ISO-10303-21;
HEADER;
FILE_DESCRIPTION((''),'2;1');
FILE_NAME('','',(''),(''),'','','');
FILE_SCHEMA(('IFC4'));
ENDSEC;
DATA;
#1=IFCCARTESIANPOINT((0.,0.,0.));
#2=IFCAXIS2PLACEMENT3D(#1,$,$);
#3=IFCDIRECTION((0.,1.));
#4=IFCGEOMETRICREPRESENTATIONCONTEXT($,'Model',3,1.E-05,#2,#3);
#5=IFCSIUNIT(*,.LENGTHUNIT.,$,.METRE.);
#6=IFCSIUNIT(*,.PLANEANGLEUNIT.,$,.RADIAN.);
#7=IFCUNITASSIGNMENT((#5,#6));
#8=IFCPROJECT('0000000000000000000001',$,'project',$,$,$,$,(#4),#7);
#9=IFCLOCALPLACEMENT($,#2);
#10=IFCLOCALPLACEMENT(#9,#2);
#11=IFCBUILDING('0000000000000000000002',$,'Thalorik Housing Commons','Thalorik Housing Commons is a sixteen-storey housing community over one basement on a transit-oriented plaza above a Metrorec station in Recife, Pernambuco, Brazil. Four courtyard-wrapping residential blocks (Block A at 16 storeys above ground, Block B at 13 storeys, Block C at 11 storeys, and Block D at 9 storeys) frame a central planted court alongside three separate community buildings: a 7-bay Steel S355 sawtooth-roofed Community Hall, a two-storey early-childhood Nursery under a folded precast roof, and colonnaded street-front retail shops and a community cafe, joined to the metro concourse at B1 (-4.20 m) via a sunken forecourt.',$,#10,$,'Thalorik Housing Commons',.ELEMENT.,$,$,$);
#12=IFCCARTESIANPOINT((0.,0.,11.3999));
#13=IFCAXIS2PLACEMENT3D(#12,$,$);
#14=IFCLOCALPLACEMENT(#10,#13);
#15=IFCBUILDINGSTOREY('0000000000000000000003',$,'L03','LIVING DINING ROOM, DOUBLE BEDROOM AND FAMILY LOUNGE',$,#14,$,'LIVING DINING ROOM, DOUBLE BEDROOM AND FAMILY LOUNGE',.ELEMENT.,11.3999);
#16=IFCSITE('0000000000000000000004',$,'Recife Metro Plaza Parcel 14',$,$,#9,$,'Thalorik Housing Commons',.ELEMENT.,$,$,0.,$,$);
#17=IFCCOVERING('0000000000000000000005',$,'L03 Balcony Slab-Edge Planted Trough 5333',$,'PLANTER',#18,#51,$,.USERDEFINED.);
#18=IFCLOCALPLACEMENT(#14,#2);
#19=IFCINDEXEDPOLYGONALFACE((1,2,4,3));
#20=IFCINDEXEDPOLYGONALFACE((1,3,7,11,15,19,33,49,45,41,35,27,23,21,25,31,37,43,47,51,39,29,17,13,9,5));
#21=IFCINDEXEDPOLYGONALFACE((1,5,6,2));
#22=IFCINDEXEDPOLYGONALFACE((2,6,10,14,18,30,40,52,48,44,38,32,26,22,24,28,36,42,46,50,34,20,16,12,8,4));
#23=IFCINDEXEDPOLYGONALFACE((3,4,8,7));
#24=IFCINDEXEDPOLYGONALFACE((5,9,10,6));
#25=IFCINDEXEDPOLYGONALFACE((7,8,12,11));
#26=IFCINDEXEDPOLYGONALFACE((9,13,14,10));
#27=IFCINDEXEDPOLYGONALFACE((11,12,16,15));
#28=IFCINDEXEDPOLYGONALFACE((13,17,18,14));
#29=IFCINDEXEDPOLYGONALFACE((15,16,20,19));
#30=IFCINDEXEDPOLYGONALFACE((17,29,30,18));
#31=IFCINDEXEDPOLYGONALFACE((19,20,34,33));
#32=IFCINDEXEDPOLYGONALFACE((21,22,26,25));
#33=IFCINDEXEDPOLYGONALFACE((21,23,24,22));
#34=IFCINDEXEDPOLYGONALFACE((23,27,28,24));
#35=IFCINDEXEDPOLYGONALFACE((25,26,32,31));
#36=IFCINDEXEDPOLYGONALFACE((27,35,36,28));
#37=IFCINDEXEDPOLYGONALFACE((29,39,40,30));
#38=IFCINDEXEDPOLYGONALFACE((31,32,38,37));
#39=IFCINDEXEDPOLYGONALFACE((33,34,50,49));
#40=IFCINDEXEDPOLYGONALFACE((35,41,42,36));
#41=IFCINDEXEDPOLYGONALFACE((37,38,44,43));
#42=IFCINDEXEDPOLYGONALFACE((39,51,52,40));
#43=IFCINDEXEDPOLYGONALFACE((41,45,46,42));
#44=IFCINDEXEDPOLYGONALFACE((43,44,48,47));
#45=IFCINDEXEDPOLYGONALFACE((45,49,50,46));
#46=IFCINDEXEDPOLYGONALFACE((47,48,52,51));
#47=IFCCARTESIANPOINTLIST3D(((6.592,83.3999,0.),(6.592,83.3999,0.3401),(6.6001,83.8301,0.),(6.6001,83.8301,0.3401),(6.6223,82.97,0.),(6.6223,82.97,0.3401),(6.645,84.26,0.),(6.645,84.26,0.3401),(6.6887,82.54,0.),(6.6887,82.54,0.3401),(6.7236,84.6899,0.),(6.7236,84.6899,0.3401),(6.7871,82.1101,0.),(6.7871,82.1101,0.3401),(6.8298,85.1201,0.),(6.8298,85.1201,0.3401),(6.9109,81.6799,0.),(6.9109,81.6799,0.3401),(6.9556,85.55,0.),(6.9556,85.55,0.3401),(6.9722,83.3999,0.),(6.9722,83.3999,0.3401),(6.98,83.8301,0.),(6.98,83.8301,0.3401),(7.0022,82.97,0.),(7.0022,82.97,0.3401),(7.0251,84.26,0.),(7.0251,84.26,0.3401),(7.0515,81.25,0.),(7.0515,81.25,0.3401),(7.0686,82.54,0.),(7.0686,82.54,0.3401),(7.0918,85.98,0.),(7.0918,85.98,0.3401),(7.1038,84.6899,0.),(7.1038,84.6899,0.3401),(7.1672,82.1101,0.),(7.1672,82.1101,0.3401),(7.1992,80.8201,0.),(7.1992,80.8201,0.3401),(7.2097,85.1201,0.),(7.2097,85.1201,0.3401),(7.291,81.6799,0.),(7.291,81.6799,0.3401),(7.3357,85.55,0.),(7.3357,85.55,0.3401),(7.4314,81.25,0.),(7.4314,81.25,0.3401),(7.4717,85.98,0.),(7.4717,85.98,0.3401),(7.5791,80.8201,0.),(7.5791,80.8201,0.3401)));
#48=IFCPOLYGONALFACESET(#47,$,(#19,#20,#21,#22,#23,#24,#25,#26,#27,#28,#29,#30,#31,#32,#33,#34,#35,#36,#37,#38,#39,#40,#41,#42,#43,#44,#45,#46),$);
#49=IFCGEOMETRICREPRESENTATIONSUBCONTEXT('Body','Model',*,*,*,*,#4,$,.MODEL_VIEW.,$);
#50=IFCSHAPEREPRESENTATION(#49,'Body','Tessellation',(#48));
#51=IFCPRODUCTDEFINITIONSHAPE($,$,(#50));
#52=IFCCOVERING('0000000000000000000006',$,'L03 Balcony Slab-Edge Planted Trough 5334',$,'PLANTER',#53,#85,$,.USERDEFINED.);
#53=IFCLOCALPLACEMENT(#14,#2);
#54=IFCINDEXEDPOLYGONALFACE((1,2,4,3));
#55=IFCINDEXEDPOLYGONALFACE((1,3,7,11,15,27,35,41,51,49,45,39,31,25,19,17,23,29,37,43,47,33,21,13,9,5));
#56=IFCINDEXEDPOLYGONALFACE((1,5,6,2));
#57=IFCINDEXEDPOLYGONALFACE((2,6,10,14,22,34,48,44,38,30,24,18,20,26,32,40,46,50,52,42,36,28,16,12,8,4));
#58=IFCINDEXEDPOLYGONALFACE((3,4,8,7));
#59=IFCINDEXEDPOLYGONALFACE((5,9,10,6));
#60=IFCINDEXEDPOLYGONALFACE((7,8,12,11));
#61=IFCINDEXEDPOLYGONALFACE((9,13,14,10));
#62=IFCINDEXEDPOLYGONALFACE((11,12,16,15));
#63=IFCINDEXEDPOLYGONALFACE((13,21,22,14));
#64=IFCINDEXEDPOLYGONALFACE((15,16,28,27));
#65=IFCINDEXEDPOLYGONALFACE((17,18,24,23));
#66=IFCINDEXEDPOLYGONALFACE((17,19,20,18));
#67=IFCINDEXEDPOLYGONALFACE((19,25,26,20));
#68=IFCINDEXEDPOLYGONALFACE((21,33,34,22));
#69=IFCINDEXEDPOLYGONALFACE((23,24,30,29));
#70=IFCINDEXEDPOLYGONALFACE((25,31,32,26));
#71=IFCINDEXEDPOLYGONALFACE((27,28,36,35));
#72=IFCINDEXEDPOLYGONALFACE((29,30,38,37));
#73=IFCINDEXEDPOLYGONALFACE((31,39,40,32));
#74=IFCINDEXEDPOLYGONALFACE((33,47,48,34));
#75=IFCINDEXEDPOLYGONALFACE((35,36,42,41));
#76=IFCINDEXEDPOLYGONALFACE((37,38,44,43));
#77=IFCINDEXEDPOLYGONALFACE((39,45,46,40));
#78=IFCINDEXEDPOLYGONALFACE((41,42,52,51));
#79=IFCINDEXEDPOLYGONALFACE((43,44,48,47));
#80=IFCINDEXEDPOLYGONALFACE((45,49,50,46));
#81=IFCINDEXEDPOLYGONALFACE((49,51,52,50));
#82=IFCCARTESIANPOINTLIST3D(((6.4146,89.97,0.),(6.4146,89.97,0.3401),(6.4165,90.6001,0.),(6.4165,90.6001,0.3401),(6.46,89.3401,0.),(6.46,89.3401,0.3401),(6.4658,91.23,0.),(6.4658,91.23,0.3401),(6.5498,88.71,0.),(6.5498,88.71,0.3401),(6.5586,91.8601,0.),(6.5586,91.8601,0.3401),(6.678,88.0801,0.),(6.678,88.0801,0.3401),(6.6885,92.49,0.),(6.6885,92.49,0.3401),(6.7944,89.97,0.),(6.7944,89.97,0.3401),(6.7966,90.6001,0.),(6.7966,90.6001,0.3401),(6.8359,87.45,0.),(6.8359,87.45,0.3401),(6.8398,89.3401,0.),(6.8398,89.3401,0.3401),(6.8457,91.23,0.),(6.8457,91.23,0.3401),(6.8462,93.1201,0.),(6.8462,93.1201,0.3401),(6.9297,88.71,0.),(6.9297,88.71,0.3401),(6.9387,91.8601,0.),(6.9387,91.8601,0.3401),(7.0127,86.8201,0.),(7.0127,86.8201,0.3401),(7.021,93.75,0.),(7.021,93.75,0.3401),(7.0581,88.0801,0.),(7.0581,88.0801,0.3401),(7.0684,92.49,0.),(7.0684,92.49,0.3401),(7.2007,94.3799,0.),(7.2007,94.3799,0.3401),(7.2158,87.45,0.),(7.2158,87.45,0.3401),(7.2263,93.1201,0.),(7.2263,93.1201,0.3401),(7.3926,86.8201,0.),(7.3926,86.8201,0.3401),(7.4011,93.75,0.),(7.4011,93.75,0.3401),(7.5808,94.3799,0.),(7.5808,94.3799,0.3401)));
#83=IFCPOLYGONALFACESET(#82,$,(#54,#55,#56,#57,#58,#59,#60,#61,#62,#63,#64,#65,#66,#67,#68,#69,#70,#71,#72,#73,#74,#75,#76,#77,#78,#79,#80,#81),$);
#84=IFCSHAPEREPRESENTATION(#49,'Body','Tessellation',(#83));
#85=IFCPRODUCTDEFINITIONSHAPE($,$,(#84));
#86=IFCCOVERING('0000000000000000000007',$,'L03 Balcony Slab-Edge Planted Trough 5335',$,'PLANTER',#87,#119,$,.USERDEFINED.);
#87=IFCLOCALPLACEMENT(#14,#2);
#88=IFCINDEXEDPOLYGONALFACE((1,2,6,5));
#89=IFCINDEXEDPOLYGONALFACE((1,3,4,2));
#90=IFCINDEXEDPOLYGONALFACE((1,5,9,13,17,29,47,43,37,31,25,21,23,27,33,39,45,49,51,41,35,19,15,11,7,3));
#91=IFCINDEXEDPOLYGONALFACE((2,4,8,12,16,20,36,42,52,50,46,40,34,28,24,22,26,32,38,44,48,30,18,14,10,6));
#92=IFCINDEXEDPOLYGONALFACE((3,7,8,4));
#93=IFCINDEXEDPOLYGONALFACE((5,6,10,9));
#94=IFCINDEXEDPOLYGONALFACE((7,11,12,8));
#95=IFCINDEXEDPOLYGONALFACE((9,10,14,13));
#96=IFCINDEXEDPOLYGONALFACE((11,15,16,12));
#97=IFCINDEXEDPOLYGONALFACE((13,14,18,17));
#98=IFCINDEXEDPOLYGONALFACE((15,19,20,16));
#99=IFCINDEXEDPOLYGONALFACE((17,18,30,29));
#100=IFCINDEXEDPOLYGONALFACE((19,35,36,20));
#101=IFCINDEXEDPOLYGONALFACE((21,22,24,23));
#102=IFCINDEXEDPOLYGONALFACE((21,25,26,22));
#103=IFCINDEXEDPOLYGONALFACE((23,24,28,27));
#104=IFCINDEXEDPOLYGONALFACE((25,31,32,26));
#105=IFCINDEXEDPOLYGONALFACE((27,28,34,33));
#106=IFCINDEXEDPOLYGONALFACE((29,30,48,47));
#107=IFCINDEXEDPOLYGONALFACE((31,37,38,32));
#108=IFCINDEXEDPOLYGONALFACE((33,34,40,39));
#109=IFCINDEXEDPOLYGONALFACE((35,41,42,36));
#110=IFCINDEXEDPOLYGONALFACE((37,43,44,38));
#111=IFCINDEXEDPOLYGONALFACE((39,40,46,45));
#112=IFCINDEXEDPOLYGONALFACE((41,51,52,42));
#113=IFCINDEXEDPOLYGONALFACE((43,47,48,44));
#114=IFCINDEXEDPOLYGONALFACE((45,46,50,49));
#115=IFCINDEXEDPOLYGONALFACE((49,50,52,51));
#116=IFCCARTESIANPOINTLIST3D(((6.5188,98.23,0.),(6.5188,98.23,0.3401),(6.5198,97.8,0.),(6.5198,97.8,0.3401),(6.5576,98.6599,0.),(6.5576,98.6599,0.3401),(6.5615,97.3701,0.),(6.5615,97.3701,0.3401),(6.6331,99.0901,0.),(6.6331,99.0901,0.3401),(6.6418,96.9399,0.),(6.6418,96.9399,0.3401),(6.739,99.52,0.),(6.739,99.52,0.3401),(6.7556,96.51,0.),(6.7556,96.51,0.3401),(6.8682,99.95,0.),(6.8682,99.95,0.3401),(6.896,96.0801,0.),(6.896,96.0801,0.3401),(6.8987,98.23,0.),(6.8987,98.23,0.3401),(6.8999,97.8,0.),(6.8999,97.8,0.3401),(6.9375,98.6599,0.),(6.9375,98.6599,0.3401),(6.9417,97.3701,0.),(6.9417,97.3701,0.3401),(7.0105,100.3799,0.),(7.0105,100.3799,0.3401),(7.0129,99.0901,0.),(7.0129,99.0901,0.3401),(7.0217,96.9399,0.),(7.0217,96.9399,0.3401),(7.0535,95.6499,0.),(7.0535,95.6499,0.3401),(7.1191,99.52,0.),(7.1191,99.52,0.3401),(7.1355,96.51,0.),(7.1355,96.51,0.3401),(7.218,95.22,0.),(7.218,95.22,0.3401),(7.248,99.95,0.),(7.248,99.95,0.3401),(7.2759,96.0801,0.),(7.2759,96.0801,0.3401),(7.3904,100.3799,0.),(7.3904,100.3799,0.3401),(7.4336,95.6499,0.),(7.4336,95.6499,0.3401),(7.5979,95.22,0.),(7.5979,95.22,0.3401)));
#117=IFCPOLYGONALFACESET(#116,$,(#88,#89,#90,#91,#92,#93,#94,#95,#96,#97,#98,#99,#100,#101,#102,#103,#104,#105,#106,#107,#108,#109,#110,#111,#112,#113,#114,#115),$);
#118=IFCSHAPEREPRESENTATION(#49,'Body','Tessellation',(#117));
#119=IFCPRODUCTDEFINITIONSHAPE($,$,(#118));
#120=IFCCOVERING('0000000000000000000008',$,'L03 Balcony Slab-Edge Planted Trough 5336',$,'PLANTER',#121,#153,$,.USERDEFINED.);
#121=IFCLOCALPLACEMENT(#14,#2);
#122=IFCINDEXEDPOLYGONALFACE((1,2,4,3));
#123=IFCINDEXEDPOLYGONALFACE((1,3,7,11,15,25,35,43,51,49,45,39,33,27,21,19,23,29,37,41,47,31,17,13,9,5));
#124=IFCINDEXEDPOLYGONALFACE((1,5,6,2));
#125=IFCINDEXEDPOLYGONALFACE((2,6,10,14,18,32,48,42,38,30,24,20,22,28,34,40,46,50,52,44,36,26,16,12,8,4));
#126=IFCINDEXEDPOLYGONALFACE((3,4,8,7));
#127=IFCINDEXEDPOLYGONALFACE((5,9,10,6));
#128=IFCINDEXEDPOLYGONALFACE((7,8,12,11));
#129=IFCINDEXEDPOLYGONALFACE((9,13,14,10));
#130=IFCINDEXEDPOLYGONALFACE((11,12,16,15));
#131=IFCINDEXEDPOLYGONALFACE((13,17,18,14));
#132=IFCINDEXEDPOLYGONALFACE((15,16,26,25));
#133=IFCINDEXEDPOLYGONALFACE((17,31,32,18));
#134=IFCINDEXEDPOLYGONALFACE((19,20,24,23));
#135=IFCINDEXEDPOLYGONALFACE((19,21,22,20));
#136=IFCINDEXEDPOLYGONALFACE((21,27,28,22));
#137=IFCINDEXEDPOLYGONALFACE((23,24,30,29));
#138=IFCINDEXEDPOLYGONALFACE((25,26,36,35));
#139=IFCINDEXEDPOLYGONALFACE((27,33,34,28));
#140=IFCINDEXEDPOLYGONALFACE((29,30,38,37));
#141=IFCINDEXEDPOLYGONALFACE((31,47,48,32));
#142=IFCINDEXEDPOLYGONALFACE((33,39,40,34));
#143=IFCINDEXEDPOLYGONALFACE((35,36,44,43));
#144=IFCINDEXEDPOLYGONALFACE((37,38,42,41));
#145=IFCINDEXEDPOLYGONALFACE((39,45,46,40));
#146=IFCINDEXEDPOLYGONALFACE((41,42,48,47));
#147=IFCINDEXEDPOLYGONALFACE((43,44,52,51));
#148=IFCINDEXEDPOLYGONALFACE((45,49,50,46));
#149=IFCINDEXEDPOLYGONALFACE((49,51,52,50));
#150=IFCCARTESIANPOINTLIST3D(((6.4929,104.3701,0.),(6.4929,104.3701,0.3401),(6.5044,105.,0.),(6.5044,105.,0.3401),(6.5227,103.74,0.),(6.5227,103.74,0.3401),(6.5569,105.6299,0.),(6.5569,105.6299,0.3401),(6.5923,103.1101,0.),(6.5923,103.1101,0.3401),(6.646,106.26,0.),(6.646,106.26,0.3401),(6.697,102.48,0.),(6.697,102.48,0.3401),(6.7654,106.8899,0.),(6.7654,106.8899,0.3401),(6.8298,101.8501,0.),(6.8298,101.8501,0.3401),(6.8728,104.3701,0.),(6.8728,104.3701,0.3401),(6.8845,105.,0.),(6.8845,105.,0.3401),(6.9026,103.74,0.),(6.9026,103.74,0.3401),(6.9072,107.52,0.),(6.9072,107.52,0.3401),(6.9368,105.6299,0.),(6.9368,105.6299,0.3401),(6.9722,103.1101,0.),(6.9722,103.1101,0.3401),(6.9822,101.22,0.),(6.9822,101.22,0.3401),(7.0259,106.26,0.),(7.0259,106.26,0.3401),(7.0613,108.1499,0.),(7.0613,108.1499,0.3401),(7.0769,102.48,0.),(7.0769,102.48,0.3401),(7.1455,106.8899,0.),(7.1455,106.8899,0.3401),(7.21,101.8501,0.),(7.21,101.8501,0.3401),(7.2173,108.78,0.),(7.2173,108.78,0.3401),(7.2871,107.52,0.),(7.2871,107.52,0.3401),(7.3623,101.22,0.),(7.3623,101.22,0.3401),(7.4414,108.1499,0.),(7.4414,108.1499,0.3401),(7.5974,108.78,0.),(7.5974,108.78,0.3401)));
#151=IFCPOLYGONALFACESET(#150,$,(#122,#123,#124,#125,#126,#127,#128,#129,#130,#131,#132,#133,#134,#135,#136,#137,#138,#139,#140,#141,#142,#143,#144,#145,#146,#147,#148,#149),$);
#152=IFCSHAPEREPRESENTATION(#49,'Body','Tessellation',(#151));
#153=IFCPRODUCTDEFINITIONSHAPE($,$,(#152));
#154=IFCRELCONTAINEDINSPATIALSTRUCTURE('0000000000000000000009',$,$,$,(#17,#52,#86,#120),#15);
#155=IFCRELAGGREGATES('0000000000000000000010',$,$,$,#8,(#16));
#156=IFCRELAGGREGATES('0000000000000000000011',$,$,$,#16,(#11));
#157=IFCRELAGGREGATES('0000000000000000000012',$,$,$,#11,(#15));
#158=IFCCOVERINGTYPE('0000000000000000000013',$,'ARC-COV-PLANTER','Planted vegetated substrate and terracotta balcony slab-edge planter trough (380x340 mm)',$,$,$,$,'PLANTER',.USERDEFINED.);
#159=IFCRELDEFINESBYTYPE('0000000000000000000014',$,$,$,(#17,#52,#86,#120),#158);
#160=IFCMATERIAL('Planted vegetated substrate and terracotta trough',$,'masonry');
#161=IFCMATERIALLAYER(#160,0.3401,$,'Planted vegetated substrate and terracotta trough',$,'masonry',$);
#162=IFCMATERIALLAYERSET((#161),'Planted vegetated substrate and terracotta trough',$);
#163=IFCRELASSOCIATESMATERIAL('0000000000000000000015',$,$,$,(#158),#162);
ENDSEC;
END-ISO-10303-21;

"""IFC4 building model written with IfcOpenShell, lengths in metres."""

from ifc_helpers import new_model, si_unit, direction, frame, origin, place, context, subcontext, project, spatial, polyline, outline, extrude, material, layer, layer_set, type_object, element, save


model = new_model("IFC4")

# Units and contexts
model_context = context("Model", 3, precision=1e-05, world=origin(), true_north=direction((0.0, 1.0)))
body_context = subcontext(model_context, "Body", "Model", "MODEL_VIEW")
ifc_project = project(units=[si_unit("LENGTHUNIT", "METRE"), si_unit("PLANEANGLEUNIT", "RADIAN")], contexts=[model_context])

# Site, building, storey
site_placement = place(None, origin())
site = spatial("IfcSite", under=ifc_project, at=site_placement, Name="Recife Metro Plaza Parcel 14", LongName="Thalorik Housing Commons", CompositionType="ELEMENT", RefElevation=0.0)
building_placement = place(site_placement, origin())
building = spatial("IfcBuilding", under=site, at=building_placement, Name="Thalorik Housing Commons", Description="Thalorik Housing Commons is a sixteen-storey housing community over one basement on a transit-oriented plaza above a Metrorec station in Recife, Pernambuco, Brazil. Four courtyard-wrapping residential blocks (Block A at 16 storeys above ground, Block B at 13 storeys, Block C at 11 storeys, and Block D at 9 storeys) frame a central planted court alongside three separate community buildings: a 7-bay Steel S355 sawtooth-roofed Community Hall, a two-storey early-childhood Nursery under a folded precast roof, and colonnaded street-front retail shops and a community cafe, joined to the metro concourse at B1 (-4.20 m) via a sunken forecourt.", LongName="Thalorik Housing Commons", CompositionType="ELEMENT")
storey_placement = place(building_placement, frame((0.0, 0.0, 11.3999)))
storey = spatial("IfcBuildingStorey", under=building, at=storey_placement, Name="L03", Description="LIVING DINING ROOM, DOUBLE BEDROOM AND FAMILY LOUNGE", LongName="LIVING DINING ROOM, DOUBLE BEDROOM AND FAMILY LOUNGE", CompositionType="ELEMENT", Elevation=11.3999)

# Coverings
ifc_material = material(Name="Planted vegetated substrate and terracotta trough", Category="masonry")
ifc_layer = layer(ifc_material, 0.3401, Name="Planted vegetated substrate and terracotta trough", Category="masonry")
ifc_layer_set = layer_set([ifc_layer], Name="Planted vegetated substrate and terracotta trough")
covering_type = type_object("IfcCoveringType", Name="ARC-COV-PLANTER", Description="Planted vegetated substrate and terracotta balcony slab-edge planter trough (380x340 mm)", ElementType="PLANTER", PredefinedType="USERDEFINED", material=ifc_layer_set)
covering_1_placement = place(storey_placement, origin())
element("IfcCovering", 1, at=covering_1_placement, inside=storey, type_object=covering_type, Name="L03 Balcony Slab-Edge Planted Trough 5333", ObjectType="PLANTER", PredefinedType="USERDEFINED", context=body_context, shape_type="SweptSolid", body=[
    extrude(outline(polyline([(7.0918, 85.98), (6.9556, 85.55), (6.8298, 85.1201), (6.7236, 84.6899), (6.645, 84.26), (6.6001, 83.8301), (6.592, 83.3999), (6.6223, 82.97), (6.6887, 82.54), (6.7871, 82.1101), (6.9109, 81.6799), (7.0515, 81.25), (7.1992, 80.8201), (7.5791, 80.8201), (7.4314, 81.25), (7.291, 81.6799), (7.1672, 82.1101), (7.0686, 82.54), (7.0022, 82.97), (6.9722, 83.3999), (6.98, 83.8301), (7.0251, 84.26), (7.1038, 84.6899), (7.2097, 85.1201), (7.3357, 85.55), (7.4717, 85.98), (7.0918, 85.98)])), origin(), (0.0, 0.0, 1.0), 0.3401),
])
covering_2_placement = place(storey_placement, origin())
element("IfcCovering", 2, at=covering_2_placement, inside=storey, type_object=covering_type, Name="L03 Balcony Slab-Edge Planted Trough 5334", ObjectType="PLANTER", PredefinedType="USERDEFINED", context=body_context, shape_type="SweptSolid", body=[
    extrude(outline(polyline([(7.2007, 94.3799), (7.021, 93.75), (6.8462, 93.1201), (6.6885, 92.49), (6.5586, 91.8601), (6.4658, 91.23), (6.4165, 90.6001), (6.4146, 89.97), (6.46, 89.3401), (6.5498, 88.71), (6.678, 88.0801), (6.8359, 87.45), (7.0127, 86.8201), (7.3926, 86.8201), (7.2158, 87.45), (7.0581, 88.0801), (6.9297, 88.71), (6.8398, 89.3401), (6.7944, 89.97), (6.7966, 90.6001), (6.8457, 91.23), (6.9387, 91.8601), (7.0684, 92.49), (7.2263, 93.1201), (7.4011, 93.75), (7.5808, 94.3799), (7.2007, 94.3799)])), origin(), (0.0, 0.0, 1.0), 0.3401),
])
covering_3_placement = place(storey_placement, origin())
element("IfcCovering", 3, at=covering_3_placement, inside=storey, type_object=covering_type, Name="L03 Balcony Slab-Edge Planted Trough 5335", ObjectType="PLANTER", PredefinedType="USERDEFINED", context=body_context, shape_type="SweptSolid", body=[
    extrude(outline(polyline([(7.0105, 100.3799), (6.8682, 99.95), (6.739, 99.52), (6.6331, 99.0901), (6.5576, 98.6599), (6.5188, 98.23), (6.5198, 97.8), (6.5615, 97.3701), (6.6418, 96.9399), (6.7556, 96.51), (6.896, 96.0801), (7.0535, 95.6499), (7.218, 95.22), (7.5979, 95.22), (7.4336, 95.6499), (7.2759, 96.0801), (7.1355, 96.51), (7.0217, 96.9399), (6.9417, 97.3701), (6.8999, 97.8), (6.8987, 98.23), (6.9375, 98.6599), (7.0129, 99.0901), (7.1191, 99.52), (7.248, 99.95), (7.3904, 100.3799), (7.0105, 100.3799)])), origin(), (0.0, 0.0, 1.0), 0.3401),
])
covering_4_placement = place(storey_placement, origin())
element("IfcCovering", 4, at=covering_4_placement, inside=storey, type_object=covering_type, Name="L03 Balcony Slab-Edge Planted Trough 5336", ObjectType="PLANTER", PredefinedType="USERDEFINED", context=body_context, shape_type="SweptSolid", body=[
    extrude(outline(polyline([(7.2173, 108.78), (7.0613, 108.1499), (6.9072, 107.52), (6.7654, 106.8899), (6.646, 106.26), (6.5569, 105.6299), (6.5044, 105.0), (6.4929, 104.3701), (6.5227, 103.74), (6.5923, 103.1101), (6.697, 102.48), (6.8298, 101.8501), (6.9822, 101.22), (7.3623, 101.22), (7.21, 101.8501), (7.0769, 102.48), (6.9722, 103.1101), (6.9026, 103.74), (6.8728, 104.3701), (6.8845, 105.0), (6.9368, 105.6299), (7.0259, 106.26), (7.1455, 106.8899), (7.2871, 107.52), (7.4414, 108.1499), (7.5974, 108.78), (7.2173, 108.78)])), origin(), (0.0, 0.0, 1.0), 0.3401),
])

save(model, "model.ifc")
